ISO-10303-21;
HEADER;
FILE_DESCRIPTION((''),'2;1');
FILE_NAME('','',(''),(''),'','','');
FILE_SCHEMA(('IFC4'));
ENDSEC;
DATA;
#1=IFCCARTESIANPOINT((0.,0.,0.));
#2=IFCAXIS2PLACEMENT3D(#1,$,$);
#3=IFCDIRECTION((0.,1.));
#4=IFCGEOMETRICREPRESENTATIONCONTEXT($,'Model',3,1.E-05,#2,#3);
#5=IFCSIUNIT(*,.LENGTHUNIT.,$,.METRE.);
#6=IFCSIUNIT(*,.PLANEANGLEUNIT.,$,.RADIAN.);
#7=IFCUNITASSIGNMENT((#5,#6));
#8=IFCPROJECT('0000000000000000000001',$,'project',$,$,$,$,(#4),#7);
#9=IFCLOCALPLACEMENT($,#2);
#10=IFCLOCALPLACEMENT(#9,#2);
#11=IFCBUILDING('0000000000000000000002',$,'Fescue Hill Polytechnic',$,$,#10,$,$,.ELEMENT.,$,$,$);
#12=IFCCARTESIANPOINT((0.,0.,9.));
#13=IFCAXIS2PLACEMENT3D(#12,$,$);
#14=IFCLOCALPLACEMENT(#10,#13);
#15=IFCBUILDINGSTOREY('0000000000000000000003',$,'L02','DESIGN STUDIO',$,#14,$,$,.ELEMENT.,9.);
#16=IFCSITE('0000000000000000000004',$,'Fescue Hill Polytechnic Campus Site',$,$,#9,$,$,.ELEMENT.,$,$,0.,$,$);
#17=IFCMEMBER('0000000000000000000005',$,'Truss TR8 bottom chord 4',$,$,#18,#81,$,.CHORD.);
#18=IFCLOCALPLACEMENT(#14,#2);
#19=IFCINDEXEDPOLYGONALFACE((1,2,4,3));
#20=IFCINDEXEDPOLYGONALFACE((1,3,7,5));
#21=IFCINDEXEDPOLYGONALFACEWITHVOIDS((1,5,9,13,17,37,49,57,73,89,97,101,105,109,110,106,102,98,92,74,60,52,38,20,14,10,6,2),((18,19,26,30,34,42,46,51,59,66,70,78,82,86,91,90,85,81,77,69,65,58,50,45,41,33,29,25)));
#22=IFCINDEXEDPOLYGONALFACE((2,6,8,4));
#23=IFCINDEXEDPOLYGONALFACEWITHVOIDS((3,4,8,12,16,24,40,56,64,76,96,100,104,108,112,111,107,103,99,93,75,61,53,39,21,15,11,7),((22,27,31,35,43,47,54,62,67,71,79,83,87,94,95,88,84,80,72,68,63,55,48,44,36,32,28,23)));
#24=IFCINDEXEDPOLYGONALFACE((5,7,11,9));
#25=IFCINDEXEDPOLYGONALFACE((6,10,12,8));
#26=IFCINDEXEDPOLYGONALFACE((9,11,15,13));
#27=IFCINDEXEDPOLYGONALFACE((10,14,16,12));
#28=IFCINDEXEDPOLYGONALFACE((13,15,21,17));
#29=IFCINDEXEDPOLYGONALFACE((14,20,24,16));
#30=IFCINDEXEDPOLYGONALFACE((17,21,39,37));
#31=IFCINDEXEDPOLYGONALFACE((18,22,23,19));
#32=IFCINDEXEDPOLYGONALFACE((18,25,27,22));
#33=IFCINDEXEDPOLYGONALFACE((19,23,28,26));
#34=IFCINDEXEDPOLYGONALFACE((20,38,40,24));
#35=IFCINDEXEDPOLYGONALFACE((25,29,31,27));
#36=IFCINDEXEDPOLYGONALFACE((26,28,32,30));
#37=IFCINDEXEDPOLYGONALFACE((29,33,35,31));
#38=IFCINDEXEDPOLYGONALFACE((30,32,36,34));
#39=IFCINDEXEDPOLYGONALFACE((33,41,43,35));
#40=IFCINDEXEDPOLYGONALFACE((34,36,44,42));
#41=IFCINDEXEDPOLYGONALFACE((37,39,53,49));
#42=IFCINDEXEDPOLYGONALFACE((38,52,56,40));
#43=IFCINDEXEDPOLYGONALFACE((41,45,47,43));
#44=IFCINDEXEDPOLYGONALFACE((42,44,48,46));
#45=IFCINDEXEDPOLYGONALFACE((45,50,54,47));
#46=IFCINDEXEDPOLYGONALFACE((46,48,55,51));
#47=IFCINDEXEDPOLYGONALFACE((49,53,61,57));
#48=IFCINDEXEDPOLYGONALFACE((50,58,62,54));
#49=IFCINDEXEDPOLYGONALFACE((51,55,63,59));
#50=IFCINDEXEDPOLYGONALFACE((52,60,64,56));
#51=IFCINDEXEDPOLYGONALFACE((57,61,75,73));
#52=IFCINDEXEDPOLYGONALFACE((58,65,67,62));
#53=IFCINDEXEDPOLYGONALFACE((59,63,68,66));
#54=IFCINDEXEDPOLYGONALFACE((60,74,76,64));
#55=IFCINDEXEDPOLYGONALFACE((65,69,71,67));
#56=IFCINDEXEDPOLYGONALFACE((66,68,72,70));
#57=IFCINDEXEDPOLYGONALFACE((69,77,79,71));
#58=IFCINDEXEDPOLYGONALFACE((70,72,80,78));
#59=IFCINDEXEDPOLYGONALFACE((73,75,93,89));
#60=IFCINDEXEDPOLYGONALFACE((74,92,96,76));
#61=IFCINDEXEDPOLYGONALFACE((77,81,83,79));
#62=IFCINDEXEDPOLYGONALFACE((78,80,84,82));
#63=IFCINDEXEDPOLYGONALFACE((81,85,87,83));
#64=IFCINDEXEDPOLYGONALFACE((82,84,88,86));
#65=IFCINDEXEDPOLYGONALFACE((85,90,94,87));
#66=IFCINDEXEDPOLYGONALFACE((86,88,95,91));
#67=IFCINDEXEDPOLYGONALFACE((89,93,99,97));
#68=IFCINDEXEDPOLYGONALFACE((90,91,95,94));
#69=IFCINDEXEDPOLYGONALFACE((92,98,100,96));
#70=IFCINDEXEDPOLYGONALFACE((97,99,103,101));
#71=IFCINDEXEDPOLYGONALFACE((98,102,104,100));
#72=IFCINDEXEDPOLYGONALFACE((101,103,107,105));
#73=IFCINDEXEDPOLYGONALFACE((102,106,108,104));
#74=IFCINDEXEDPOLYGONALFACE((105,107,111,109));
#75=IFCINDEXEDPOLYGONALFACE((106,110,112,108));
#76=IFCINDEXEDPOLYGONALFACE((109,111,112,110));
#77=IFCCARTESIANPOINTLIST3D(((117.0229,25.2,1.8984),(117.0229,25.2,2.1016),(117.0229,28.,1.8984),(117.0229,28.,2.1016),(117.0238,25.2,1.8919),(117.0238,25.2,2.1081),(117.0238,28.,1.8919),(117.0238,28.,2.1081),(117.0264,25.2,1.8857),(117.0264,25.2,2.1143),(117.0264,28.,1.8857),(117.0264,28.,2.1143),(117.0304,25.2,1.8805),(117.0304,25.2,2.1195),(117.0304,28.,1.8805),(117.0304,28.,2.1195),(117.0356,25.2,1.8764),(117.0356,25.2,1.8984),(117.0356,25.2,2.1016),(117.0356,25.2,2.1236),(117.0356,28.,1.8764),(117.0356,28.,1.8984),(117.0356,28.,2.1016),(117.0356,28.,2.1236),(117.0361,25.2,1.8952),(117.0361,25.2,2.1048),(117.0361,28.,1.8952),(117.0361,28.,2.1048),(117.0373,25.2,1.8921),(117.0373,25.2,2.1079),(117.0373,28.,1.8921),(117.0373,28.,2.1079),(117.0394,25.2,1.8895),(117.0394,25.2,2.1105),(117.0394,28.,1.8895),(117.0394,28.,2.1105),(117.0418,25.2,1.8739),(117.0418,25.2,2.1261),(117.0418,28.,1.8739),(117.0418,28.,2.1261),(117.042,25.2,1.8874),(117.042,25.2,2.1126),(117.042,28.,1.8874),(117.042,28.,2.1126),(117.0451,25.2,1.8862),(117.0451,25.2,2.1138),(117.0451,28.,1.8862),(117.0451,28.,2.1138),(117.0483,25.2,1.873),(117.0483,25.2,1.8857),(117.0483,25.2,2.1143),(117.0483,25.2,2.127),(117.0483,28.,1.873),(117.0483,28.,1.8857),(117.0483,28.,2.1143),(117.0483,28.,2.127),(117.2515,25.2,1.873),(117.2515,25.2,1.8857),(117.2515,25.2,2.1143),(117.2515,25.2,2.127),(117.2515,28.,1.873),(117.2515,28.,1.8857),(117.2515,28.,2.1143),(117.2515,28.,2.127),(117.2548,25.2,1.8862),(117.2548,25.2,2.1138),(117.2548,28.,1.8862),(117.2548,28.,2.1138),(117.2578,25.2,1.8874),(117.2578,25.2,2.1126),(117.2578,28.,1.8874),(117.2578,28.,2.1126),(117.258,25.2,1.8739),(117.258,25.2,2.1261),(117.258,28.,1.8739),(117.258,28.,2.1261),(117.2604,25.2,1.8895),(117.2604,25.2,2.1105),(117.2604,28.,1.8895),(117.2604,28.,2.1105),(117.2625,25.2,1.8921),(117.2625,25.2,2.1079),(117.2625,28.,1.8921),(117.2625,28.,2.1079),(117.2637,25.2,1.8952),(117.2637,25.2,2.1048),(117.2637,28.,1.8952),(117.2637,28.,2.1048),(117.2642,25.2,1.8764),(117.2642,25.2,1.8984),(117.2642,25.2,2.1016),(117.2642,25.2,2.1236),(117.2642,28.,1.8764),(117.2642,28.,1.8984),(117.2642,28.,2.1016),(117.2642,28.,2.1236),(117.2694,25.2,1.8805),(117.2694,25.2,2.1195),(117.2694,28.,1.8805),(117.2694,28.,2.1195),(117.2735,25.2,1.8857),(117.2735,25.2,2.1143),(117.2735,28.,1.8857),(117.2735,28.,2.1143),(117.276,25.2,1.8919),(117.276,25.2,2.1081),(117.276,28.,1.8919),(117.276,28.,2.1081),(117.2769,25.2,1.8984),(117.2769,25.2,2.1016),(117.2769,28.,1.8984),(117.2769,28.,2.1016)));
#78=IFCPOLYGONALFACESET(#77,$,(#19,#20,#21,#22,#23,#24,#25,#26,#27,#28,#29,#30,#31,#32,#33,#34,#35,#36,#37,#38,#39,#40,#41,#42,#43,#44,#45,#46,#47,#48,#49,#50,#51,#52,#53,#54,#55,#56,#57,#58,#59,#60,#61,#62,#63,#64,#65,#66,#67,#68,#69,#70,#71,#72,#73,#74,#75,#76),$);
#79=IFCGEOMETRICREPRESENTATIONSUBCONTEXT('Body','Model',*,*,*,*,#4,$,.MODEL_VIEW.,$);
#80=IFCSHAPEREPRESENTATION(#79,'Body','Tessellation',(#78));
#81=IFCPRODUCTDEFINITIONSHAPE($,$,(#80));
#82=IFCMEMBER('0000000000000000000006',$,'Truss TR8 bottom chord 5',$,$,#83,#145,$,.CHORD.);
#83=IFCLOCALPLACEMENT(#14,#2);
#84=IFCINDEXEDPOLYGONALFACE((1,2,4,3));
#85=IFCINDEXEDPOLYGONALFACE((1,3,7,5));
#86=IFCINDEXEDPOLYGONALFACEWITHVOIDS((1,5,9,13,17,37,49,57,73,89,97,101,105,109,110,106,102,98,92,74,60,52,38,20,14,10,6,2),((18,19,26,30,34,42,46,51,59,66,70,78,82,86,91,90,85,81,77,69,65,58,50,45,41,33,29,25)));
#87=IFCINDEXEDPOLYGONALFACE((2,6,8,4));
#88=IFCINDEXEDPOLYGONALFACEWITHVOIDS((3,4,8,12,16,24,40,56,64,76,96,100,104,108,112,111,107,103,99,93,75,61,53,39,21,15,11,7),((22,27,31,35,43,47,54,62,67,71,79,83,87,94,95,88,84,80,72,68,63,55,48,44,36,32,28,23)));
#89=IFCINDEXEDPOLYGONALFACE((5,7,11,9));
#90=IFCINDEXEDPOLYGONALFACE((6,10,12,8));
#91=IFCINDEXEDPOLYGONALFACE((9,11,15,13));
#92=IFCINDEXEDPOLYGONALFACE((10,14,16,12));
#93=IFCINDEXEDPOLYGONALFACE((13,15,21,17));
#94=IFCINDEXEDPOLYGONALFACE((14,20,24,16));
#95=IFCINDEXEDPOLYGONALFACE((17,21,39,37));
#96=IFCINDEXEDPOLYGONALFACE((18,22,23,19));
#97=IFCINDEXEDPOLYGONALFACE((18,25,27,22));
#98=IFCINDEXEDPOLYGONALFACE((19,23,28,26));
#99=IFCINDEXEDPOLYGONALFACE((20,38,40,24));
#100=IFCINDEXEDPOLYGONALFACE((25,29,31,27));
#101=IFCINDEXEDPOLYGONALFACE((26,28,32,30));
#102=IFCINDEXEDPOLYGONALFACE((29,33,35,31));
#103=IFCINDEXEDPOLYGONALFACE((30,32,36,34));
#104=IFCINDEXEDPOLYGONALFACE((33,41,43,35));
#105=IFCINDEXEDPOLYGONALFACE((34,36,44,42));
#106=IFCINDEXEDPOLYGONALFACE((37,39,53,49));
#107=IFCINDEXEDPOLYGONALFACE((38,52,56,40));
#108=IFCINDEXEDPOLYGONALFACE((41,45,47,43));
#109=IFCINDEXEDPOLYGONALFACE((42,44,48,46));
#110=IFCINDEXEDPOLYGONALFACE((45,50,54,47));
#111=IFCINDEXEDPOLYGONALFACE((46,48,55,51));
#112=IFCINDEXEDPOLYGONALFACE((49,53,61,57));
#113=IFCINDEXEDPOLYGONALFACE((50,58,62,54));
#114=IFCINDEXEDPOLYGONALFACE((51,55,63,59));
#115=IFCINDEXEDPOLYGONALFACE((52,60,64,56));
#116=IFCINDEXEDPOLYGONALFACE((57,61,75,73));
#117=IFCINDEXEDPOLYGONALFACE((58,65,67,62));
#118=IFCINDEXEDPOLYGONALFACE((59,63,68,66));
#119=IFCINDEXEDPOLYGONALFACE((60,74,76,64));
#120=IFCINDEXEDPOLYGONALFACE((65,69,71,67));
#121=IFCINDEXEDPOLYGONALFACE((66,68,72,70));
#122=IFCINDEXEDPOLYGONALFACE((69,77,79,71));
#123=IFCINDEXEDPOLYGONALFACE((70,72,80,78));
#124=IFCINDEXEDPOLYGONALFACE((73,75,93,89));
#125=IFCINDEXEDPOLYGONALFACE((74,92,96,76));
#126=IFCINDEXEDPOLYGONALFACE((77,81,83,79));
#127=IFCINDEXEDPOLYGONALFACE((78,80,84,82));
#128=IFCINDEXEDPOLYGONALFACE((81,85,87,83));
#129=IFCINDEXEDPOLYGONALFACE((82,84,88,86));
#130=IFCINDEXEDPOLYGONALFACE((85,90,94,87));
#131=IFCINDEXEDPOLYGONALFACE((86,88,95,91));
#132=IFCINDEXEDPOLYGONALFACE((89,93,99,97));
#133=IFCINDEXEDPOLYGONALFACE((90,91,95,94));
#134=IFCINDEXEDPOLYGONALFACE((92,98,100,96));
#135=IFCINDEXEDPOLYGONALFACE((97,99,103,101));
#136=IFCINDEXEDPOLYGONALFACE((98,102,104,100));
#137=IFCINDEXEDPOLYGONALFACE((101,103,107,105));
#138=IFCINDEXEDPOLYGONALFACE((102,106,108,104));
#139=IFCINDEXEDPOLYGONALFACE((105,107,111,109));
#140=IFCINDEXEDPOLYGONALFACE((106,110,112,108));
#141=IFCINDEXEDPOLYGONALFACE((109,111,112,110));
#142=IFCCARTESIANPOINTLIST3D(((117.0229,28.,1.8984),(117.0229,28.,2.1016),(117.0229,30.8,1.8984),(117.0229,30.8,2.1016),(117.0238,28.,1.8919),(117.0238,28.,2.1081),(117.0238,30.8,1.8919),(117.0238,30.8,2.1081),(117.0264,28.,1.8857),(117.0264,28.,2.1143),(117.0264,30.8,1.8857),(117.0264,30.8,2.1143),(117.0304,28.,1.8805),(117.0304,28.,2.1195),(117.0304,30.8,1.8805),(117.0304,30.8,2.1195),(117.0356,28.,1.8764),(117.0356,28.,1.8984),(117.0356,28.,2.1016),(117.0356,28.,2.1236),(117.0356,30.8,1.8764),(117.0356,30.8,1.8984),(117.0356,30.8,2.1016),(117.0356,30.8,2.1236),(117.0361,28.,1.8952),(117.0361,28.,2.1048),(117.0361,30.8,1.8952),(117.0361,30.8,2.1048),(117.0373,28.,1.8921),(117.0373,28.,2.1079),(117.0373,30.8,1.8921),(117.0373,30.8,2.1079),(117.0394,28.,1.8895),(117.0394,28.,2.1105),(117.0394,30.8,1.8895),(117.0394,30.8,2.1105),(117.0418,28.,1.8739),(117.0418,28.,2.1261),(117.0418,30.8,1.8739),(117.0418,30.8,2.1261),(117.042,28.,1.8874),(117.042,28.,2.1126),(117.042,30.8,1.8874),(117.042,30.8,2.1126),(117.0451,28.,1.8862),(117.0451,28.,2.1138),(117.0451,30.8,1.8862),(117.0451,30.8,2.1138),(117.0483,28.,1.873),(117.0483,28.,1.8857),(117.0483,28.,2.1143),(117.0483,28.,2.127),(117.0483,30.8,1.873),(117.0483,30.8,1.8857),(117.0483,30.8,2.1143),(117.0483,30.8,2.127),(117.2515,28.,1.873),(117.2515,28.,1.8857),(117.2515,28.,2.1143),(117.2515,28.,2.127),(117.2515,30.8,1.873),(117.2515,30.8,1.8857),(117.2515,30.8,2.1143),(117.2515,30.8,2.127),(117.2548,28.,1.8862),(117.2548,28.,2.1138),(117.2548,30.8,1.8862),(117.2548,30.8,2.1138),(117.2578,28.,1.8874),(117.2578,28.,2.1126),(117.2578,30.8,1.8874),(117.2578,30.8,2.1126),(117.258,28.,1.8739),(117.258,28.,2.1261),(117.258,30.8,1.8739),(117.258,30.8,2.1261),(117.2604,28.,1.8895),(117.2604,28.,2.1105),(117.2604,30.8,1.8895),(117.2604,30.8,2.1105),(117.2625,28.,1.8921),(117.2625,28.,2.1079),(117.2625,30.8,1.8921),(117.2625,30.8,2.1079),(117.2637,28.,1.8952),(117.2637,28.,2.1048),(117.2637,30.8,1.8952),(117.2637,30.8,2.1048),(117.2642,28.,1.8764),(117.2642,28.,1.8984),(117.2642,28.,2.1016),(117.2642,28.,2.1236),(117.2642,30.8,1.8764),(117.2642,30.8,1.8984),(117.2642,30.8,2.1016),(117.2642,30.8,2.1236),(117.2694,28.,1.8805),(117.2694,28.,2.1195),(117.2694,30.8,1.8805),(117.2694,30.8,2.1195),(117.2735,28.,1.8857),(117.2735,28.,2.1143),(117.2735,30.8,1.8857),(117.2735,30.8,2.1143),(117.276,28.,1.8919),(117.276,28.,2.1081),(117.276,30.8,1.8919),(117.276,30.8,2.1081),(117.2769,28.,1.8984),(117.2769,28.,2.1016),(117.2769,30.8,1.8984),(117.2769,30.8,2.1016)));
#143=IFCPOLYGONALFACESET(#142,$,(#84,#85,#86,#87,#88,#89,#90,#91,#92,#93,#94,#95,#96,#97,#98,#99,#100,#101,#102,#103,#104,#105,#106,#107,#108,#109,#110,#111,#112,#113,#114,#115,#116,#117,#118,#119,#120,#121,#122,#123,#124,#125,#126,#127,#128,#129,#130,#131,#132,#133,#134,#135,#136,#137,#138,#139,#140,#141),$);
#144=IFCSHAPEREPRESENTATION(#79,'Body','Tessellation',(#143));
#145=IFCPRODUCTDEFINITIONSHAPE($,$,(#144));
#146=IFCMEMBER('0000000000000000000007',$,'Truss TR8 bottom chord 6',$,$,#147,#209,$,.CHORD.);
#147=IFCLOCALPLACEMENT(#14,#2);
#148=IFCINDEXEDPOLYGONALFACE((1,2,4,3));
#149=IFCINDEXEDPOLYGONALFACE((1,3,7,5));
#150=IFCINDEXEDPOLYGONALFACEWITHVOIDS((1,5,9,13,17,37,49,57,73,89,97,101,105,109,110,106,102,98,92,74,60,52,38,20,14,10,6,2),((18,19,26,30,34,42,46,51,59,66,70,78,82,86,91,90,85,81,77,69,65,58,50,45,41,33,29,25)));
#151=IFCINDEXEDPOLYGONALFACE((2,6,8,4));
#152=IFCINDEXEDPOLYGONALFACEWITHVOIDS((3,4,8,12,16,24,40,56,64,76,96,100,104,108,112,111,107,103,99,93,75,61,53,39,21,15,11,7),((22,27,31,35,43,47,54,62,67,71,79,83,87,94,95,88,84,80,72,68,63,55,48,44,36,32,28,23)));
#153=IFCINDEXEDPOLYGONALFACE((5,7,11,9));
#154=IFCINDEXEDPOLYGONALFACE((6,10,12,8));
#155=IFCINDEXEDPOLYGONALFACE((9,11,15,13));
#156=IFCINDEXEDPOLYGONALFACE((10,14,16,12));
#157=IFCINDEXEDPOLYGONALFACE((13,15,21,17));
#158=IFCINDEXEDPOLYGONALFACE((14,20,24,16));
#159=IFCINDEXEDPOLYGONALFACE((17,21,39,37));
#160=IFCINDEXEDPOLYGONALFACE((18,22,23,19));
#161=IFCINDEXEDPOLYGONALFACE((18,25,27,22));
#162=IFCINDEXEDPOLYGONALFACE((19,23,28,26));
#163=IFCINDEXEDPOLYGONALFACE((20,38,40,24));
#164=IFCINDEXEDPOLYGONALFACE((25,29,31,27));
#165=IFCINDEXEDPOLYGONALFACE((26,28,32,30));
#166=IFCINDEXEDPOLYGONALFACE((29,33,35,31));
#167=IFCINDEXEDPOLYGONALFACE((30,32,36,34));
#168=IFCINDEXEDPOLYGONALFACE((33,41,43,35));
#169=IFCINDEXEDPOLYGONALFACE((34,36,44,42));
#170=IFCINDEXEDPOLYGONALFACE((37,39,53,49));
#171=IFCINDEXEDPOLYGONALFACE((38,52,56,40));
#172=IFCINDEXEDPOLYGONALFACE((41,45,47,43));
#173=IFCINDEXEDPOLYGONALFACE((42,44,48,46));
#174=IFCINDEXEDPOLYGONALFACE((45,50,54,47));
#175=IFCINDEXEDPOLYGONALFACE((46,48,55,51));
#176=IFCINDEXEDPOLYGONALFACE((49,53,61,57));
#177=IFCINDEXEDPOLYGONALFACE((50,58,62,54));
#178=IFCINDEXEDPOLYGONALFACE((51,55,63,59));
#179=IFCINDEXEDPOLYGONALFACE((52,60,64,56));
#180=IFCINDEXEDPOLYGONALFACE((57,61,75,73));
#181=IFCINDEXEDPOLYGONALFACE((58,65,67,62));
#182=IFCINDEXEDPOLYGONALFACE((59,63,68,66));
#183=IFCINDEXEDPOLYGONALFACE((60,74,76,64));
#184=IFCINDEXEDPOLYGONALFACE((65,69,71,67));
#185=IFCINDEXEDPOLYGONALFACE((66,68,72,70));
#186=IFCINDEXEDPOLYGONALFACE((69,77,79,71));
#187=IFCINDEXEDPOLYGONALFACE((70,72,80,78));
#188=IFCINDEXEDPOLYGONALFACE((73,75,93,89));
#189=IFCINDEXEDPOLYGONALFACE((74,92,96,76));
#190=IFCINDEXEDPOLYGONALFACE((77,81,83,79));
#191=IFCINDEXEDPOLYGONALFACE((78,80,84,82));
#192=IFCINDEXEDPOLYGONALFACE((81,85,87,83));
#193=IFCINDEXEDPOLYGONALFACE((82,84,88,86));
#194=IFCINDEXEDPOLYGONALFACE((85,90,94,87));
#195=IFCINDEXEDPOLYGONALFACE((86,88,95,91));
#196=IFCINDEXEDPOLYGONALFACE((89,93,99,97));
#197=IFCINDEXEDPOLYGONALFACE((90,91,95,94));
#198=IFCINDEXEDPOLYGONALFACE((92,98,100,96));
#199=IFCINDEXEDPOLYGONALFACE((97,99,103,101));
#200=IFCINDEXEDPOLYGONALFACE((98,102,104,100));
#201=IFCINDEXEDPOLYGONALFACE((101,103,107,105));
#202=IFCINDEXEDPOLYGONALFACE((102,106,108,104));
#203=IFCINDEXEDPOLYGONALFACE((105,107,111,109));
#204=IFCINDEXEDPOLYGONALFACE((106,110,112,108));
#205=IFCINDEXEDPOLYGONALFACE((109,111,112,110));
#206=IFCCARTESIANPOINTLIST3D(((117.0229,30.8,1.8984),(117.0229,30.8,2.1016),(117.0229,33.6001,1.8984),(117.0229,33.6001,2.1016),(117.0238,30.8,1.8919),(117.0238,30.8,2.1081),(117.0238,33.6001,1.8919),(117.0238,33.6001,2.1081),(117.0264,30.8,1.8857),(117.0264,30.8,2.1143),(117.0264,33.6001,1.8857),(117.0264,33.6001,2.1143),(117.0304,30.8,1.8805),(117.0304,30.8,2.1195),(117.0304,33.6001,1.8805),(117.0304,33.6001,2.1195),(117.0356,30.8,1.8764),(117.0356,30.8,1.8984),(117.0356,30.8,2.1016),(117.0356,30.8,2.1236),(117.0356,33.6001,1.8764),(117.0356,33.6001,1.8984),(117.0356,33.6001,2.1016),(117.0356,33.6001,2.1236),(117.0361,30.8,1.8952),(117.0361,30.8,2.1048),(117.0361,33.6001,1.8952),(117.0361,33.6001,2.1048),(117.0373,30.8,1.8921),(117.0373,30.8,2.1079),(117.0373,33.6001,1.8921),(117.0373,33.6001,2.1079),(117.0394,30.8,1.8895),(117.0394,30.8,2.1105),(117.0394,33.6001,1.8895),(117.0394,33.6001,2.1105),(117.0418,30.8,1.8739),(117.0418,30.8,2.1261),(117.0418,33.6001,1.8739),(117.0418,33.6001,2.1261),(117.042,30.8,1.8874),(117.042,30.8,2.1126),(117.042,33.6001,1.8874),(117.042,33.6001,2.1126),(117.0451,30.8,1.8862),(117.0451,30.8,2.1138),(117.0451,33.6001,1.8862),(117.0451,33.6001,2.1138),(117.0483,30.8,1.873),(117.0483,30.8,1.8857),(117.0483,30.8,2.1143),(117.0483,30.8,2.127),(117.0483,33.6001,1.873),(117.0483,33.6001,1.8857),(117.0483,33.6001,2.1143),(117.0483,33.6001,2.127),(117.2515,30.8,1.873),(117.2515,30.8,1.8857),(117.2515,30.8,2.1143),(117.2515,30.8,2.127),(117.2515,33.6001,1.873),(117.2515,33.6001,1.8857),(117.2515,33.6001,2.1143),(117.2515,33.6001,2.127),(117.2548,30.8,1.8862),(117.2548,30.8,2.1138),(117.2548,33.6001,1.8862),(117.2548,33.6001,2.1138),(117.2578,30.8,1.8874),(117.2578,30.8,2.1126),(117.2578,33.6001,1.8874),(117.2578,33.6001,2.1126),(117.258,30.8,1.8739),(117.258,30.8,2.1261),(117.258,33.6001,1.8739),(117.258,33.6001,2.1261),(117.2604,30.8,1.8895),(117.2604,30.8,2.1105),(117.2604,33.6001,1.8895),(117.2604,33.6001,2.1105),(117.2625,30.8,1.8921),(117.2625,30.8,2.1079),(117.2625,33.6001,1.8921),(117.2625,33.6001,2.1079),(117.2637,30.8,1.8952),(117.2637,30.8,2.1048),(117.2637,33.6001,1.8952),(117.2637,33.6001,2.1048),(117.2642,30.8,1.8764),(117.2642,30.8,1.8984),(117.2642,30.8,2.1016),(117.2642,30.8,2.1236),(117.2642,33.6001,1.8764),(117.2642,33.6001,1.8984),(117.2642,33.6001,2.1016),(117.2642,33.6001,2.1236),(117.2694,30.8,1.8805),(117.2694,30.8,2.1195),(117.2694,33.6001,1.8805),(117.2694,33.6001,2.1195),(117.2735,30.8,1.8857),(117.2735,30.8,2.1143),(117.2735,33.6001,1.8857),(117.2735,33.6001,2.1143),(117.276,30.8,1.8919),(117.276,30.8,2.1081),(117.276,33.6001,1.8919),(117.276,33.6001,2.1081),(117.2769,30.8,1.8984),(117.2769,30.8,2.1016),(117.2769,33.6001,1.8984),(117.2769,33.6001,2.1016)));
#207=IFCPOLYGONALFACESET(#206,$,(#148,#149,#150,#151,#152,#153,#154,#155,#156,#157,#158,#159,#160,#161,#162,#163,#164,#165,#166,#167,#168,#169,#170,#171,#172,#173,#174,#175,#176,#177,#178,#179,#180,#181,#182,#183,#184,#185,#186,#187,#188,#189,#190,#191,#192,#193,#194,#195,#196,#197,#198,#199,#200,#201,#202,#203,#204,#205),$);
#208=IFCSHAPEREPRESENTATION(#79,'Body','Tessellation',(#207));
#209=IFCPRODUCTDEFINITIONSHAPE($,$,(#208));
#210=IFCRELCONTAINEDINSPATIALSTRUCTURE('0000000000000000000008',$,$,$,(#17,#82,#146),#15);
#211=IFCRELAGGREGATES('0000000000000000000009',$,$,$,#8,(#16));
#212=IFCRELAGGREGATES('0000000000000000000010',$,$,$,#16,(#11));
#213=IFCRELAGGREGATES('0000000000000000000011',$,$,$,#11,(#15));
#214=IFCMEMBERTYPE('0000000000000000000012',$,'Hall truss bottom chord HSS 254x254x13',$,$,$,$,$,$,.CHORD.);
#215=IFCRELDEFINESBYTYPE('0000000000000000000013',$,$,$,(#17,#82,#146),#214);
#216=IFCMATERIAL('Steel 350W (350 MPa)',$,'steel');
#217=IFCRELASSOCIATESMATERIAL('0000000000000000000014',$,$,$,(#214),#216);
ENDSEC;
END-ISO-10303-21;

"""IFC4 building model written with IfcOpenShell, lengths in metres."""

from ifc_helpers import new_model, si_unit, direction, frame, origin, origin_2d, place, context, subcontext, project, spatial, hollow_rectangle, extrude, material, material_profile, profile_set, type_object, element, save


model = new_model("IFC4")

# Units and contexts
model_context = context("Model", 3, precision=1e-05, world=origin(), true_north=direction((0.0, 1.0)))
body_context = subcontext(model_context, "Body", "Model", "MODEL_VIEW")
ifc_project = project(units=[si_unit("LENGTHUNIT", "METRE"), si_unit("PLANEANGLEUNIT", "RADIAN")], contexts=[model_context])

# Site, building, storey
site_placement = place(None, origin())
site = spatial("IfcSite", under=ifc_project, at=site_placement, Name="Fescue Hill Polytechnic Campus Site", CompositionType="ELEMENT", RefElevation=0.0)
building_placement = place(site_placement, origin())
building = spatial("IfcBuilding", under=site, at=building_placement, Name="Fescue Hill Polytechnic", CompositionType="ELEMENT")
storey_placement = place(building_placement, frame((0.0, 0.0, 9.0)))
storey = spatial("IfcBuildingStorey", under=building, at=storey_placement, Name="L02", Description="DESIGN STUDIO", CompositionType="ELEMENT", Elevation=9.0)

# Members
ifc_material_1 = material(Name="Steel 350W (350 MPa)", Category="steel")
ifc_material_profile_1 = material_profile(ifc_material_1, hollow_rectangle(XDim=0.2539, YDim=0.2539, WallThickness=0.0127, InnerFilletRadius=0.0127, OuterFilletRadius=0.0254, at=origin_2d()), Name="Hall truss bottom chord HSS 254x254x13")
ifc_profile_set_1 = profile_set([ifc_material_profile_1], Name="Steel 350W (350 MPa)")
member_type_1 = type_object("IfcMemberType", Name="Hall truss bottom chord HSS 254x254x13", PredefinedType="CHORD", material=ifc_profile_set_1)
for number, where, z_axis, x_axis, name in (
    (1, (117.1499, 25.2, 2.0), (0.0, 1.0, 0.0), (-1.0, 0.0, 0.0), "Truss TR8 bottom chord 4"),
    (2, (117.1499, 28.0, 2.0), (0.0, 1.0, 0.0), (-1.0, 0.0, 0.0), "Truss TR8 bottom chord 5"),
    (3, (117.1499, 30.8, 2.0), (0.0, 1.0, 0.0), (-1.0, 0.0, 0.0), "Truss TR8 bottom chord 6"),
):
    element("IfcMember", number, at=place(storey_placement, frame(where, z_axis=z_axis, x_axis=x_axis)), inside=storey, type_object=member_type_1, Name=name, PredefinedType="CHORD", context=body_context, shape_type="SweptSolid", body=[
        extrude(hollow_rectangle(XDim=0.2539, YDim=0.2539, WallThickness=0.0127, InnerFilletRadius=0.0127, OuterFilletRadius=0.0254, at=origin_2d()), origin(), (0.0, 0.0, 1.0), 2.8),
    ])

save(model, "model.ifc")
